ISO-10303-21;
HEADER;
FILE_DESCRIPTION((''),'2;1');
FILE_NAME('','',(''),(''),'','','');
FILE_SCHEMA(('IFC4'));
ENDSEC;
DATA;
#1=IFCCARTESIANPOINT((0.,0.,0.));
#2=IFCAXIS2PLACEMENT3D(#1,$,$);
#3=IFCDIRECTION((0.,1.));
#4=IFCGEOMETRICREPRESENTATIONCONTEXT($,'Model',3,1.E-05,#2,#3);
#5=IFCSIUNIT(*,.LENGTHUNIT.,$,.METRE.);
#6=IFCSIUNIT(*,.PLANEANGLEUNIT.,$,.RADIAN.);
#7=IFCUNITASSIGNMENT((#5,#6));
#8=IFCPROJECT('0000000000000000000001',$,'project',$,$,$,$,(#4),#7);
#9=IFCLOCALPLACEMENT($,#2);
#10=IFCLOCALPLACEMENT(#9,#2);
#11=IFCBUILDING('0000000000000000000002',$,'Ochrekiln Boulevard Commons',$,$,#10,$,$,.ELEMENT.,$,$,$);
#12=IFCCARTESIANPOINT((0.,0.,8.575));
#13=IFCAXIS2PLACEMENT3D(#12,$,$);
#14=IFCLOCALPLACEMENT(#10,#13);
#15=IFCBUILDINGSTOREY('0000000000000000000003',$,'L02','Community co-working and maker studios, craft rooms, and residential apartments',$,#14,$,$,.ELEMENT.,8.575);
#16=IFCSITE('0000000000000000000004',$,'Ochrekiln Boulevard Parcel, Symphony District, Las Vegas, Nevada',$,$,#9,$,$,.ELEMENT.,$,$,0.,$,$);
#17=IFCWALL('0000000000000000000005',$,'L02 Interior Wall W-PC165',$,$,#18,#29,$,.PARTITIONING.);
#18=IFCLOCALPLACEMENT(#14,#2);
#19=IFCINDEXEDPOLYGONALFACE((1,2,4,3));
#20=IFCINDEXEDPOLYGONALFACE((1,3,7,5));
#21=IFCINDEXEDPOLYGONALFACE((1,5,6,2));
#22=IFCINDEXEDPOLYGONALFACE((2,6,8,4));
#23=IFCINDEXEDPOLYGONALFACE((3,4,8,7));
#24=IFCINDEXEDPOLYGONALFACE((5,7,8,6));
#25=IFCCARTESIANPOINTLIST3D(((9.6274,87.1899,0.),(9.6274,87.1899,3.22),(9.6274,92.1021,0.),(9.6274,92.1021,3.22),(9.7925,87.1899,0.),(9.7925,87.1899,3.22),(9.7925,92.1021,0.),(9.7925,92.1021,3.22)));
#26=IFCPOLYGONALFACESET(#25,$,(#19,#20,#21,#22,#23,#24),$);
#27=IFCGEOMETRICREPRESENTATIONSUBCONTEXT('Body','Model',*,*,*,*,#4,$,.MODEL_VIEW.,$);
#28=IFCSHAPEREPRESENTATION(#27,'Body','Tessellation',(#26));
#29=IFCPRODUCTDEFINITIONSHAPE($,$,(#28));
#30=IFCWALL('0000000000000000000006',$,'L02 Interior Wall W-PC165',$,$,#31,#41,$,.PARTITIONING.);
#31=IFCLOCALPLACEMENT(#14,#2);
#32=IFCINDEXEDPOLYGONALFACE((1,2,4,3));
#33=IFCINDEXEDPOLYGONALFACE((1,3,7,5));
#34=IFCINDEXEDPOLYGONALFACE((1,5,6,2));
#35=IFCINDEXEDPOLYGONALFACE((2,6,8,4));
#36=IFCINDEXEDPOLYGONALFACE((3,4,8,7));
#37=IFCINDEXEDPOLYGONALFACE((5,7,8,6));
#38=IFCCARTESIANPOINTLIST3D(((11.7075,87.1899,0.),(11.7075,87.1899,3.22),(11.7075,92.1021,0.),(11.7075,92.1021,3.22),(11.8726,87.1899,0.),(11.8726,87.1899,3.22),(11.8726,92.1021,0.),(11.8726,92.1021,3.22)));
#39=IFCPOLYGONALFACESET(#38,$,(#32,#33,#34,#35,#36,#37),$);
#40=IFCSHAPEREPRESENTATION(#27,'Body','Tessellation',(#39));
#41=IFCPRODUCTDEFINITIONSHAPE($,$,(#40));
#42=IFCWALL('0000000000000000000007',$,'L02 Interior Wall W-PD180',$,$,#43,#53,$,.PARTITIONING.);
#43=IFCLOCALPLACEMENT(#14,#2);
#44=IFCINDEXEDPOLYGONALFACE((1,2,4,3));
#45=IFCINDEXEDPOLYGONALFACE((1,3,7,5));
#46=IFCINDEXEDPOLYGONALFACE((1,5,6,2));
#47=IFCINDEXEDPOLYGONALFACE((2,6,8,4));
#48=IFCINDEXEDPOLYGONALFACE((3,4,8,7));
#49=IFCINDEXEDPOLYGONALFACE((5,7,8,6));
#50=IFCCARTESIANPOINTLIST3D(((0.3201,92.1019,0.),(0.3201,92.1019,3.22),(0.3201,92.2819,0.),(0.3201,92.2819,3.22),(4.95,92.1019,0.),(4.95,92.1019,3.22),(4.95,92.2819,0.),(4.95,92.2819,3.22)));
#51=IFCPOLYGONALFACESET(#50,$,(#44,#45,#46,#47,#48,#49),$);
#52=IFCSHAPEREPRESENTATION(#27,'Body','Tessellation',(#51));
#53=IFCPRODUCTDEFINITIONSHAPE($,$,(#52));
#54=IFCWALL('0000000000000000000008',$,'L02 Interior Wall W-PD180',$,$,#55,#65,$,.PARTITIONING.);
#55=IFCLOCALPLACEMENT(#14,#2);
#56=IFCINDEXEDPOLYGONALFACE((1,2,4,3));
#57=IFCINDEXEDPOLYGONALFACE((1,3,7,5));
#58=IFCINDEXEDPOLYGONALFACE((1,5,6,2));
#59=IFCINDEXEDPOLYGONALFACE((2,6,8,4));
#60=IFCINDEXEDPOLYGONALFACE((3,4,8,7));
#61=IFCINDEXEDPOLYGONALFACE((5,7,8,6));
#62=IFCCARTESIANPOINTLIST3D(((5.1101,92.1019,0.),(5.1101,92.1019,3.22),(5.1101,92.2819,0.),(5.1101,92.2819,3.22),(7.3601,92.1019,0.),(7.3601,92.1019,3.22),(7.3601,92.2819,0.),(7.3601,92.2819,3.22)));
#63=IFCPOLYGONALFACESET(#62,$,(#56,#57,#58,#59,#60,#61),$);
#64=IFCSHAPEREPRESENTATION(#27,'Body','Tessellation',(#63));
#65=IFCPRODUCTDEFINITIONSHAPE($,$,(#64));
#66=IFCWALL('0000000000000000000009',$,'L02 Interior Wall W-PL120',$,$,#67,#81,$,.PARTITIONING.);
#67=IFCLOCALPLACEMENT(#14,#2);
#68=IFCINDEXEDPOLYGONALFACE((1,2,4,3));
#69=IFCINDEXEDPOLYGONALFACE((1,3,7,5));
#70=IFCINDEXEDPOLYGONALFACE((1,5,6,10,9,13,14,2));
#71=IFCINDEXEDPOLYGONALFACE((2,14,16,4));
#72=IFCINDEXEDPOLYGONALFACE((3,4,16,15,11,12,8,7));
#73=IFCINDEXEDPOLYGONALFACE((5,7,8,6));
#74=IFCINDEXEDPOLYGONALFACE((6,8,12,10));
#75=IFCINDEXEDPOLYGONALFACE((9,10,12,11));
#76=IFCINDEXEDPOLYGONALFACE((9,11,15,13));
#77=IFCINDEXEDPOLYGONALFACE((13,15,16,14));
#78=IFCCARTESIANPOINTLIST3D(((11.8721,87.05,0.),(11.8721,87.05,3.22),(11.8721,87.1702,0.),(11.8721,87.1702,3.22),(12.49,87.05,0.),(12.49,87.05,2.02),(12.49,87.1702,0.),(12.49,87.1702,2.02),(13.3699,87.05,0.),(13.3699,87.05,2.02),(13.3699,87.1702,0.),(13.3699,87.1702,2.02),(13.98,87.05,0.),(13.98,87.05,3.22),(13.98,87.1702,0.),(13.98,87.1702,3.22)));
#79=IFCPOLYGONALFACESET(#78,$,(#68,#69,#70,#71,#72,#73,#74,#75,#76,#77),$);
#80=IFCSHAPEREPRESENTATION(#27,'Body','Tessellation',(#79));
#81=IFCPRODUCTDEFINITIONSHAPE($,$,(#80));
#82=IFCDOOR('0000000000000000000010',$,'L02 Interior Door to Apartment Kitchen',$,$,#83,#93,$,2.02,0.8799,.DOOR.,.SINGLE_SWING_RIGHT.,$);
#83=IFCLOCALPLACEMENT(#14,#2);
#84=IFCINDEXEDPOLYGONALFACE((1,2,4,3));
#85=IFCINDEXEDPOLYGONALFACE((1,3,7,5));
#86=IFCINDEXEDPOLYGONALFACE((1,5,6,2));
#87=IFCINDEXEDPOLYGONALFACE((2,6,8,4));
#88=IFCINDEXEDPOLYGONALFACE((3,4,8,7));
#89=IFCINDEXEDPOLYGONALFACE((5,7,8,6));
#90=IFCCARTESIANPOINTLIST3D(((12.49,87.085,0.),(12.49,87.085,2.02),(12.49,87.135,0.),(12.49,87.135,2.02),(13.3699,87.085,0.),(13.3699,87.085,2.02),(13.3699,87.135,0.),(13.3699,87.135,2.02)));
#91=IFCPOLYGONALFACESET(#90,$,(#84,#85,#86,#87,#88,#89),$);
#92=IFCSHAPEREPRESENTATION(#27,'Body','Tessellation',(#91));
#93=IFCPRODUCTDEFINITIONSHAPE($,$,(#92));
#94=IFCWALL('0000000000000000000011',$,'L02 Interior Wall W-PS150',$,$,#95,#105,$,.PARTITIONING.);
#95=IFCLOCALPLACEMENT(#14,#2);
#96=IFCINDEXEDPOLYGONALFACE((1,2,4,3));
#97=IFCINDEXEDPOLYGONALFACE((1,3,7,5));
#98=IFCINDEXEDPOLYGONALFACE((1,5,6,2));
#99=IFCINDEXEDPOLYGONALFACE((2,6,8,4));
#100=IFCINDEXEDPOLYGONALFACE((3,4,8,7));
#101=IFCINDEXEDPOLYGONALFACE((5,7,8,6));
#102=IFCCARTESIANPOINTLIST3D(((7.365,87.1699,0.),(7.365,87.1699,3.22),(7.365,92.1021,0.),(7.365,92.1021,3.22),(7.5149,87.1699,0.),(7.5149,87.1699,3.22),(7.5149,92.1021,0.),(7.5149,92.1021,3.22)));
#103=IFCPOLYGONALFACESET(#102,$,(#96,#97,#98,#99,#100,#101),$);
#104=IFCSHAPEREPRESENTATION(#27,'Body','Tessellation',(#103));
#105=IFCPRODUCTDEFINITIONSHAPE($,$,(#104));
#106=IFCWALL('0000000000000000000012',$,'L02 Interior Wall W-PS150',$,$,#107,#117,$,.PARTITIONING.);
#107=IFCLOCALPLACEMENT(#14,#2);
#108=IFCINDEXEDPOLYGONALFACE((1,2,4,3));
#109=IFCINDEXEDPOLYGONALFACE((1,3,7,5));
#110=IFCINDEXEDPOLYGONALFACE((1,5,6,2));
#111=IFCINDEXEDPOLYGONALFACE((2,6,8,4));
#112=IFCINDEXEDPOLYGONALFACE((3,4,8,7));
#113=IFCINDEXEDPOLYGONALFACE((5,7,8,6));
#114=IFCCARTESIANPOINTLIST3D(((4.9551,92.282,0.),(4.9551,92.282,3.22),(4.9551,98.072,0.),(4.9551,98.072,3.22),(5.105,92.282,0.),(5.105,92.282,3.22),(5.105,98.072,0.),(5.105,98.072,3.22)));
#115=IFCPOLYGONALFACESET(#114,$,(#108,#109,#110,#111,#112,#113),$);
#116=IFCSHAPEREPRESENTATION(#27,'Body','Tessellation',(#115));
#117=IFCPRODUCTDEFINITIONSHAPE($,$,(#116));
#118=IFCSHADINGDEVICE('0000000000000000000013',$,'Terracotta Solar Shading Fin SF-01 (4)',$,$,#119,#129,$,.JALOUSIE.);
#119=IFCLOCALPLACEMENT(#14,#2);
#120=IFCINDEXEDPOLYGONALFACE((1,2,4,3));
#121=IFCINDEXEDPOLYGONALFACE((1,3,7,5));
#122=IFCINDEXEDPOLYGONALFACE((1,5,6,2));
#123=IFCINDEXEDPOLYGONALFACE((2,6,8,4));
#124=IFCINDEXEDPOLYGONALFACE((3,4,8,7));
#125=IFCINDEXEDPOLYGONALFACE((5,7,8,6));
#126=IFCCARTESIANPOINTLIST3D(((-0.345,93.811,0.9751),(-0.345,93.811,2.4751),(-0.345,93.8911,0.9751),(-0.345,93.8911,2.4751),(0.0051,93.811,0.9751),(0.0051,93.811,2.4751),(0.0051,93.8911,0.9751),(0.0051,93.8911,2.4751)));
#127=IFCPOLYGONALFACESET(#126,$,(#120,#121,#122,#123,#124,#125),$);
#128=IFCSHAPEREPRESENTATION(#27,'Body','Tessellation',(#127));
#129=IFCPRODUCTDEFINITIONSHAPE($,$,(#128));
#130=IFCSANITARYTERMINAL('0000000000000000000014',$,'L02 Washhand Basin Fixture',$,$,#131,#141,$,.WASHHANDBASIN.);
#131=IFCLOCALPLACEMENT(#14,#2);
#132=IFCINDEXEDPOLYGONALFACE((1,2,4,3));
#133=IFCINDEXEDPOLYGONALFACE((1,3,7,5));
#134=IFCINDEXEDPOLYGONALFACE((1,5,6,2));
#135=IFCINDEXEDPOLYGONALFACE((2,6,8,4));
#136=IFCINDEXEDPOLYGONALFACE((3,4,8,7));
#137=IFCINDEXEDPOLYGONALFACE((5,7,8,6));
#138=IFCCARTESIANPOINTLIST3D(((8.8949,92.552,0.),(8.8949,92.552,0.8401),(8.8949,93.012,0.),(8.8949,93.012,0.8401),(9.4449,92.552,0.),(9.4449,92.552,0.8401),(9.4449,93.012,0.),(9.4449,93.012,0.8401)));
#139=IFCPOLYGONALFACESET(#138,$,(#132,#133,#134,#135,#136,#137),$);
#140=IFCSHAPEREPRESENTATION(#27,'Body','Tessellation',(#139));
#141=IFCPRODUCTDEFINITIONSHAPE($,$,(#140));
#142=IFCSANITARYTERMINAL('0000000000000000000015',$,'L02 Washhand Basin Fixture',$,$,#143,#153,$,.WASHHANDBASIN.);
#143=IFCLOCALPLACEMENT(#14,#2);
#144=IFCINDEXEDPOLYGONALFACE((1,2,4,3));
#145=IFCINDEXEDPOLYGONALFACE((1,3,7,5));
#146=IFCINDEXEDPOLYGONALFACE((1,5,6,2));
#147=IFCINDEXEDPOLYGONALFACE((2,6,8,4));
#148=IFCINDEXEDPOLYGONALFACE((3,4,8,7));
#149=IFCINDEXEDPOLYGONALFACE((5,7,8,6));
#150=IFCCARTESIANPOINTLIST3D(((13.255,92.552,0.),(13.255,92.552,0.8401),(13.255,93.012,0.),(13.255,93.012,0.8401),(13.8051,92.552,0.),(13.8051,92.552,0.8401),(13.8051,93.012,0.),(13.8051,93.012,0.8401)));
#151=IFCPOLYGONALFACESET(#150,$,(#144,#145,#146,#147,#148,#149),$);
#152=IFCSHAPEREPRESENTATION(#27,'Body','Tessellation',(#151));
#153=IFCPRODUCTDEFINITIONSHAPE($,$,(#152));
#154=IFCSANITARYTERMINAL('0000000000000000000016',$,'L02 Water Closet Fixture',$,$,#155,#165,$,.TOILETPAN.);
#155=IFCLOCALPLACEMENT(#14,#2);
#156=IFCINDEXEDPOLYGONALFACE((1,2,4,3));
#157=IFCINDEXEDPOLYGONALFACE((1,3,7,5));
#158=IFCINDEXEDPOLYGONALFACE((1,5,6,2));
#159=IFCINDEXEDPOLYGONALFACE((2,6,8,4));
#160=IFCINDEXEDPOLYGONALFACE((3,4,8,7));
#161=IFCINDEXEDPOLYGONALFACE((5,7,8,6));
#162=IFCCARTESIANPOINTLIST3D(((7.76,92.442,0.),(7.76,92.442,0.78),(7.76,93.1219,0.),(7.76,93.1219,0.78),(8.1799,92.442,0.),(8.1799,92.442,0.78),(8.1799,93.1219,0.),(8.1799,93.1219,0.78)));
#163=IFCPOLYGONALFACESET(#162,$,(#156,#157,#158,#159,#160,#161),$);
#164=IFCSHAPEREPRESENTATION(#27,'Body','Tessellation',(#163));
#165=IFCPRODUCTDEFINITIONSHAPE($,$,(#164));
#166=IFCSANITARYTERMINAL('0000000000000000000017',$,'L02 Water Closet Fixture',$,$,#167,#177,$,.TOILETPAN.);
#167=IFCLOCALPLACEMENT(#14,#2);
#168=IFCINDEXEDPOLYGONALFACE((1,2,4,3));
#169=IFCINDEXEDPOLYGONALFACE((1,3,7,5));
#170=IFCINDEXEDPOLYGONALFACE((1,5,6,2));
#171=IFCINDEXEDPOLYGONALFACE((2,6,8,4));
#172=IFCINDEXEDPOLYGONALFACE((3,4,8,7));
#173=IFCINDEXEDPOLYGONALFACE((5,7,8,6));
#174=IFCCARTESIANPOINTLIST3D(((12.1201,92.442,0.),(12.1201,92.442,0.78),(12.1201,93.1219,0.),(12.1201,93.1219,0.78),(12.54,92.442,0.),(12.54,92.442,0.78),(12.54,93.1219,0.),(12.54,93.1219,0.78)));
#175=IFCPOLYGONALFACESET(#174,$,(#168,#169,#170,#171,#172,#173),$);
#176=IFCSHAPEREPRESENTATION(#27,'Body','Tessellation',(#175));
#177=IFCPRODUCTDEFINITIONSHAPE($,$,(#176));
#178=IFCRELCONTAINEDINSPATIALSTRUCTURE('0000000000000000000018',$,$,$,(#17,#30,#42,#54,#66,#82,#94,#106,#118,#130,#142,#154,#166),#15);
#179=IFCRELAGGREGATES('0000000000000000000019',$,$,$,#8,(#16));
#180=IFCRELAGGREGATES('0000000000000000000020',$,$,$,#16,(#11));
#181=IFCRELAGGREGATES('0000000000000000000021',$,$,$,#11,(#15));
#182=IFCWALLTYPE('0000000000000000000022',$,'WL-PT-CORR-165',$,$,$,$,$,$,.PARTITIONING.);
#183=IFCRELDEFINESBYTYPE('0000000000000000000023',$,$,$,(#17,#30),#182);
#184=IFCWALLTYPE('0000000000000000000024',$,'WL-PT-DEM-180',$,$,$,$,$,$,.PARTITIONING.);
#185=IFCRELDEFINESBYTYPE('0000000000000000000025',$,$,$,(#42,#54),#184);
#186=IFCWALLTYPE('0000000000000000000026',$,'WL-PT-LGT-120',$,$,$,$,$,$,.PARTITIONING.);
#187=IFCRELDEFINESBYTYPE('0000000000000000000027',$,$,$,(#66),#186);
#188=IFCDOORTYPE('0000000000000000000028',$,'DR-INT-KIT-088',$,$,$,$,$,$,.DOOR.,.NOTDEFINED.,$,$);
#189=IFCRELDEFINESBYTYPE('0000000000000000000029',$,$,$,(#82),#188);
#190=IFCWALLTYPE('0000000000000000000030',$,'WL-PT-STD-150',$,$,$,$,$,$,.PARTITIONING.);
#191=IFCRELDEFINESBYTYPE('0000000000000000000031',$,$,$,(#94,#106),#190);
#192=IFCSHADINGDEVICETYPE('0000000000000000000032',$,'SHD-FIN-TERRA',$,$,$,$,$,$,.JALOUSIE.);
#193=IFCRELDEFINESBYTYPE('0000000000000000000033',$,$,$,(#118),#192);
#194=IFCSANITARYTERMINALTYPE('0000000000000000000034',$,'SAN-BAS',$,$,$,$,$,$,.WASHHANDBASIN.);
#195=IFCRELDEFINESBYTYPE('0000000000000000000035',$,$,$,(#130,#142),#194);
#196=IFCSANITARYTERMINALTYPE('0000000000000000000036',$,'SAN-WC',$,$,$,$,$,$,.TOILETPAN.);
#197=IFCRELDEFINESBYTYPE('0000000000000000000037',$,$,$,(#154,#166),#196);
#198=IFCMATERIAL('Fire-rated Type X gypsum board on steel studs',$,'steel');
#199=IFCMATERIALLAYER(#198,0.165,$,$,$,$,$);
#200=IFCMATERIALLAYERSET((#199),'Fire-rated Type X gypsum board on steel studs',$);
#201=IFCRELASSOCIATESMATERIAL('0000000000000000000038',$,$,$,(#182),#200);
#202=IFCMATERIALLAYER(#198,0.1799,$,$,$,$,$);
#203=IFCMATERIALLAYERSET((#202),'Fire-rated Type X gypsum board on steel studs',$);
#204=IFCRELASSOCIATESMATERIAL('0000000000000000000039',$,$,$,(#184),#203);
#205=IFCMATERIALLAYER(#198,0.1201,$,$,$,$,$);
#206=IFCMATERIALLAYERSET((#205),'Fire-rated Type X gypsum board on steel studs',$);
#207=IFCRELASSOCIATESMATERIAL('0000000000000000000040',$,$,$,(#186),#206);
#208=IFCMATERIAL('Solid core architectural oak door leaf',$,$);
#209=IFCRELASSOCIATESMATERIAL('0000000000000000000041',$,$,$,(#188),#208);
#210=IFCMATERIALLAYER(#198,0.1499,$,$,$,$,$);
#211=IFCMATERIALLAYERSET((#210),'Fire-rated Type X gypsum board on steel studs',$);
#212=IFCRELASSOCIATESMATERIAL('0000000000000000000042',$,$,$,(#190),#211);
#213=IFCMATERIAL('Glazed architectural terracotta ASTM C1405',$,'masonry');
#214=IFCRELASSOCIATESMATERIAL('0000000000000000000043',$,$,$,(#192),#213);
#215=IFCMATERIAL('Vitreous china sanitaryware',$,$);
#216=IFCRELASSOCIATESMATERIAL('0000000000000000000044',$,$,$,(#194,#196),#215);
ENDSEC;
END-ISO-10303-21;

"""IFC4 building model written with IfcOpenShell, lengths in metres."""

from ifc_helpers import new_model, si_unit, direction, frame, frame_2d, origin, origin_2d, place, context, subcontext, project, spatial, rectangle, extrude, material, layer, layer_set, type_object, element, fill, save


model = new_model("IFC4")

# Units and contexts
model_context = context("Model", 3, precision=1e-05, world=origin(), true_north=direction((0.0, 1.0)))
body_context = subcontext(model_context, "Body", "Model", "MODEL_VIEW")
ifc_project = project(units=[si_unit("LENGTHUNIT", "METRE"), si_unit("PLANEANGLEUNIT", "RADIAN")], contexts=[model_context])

# Site, building, storey
site_placement = place(None, origin())
site = spatial("IfcSite", under=ifc_project, at=site_placement, Name="Ochrekiln Boulevard Parcel, Symphony District, Las Vegas, Nevada", CompositionType="ELEMENT", RefElevation=0.0)
building_placement = place(site_placement, origin())
building = spatial("IfcBuilding", under=site, at=building_placement, Name="Ochrekiln Boulevard Commons", CompositionType="ELEMENT")
storey_placement = place(building_placement, frame((0.0, 0.0, 8.575)))
storey = spatial("IfcBuildingStorey", under=building, at=storey_placement, Name="L02", Description="Community co-working and maker studios, craft rooms, and residential apartments", CompositionType="ELEMENT", Elevation=8.575)

# Shared definitions
ifc_material_1 = material(Name="Solid core architectural oak door leaf")

# Walls
ifc_material_2 = material(Name="Fire-rated Type X gypsum board on steel studs", Category="steel")
ifc_layer_1 = layer(ifc_material_2, 0.165)
ifc_layer_set_1 = layer_set([ifc_layer_1], Name="Fire-rated Type X gypsum board on steel studs")
wall_type_1 = type_object("IfcWallType", Name="WL-PT-CORR-165", PredefinedType="PARTITIONING", material=ifc_layer_set_1)
for number, where, z_axis, x_axis, name in (
    (1, (9.71, 87.1899, 0.0), (0.0, 0.0, 1.0), (0.0, 1.0, 0.0), "L02 Interior Wall W-PC165"),
    (2, (11.79, 87.1899, 0.0), (0.0, 0.0, 1.0), (0.0, 1.0, 0.0), "L02 Interior Wall W-PC165"),
):
    element("IfcWall", number, at=place(storey_placement, frame(where, z_axis=z_axis, x_axis=x_axis)), inside=storey, type_object=wall_type_1, Name=name, PredefinedType="PARTITIONING", context=body_context, shape_type="SweptSolid", body=[
        extrude(rectangle(XDim=4.9121, YDim=0.165, at=frame_2d((2.4561, 0.0))), origin(), (0.0, 0.0, 1.0), 3.22),
    ])
ifc_layer_2 = layer(ifc_material_2, 0.1799)
ifc_layer_set_2 = layer_set([ifc_layer_2], Name="Fire-rated Type X gypsum board on steel studs")
wall_type_2 = type_object("IfcWallType", Name="WL-PT-DEM-180", PredefinedType="PARTITIONING", material=ifc_layer_set_2)
wall_1_placement = place(storey_placement, frame((0.3201, 92.1919, 0.0), z_axis=(0.0, 0.0, 1.0), x_axis=(1.0, 0.0, 0.0)))
element("IfcWall", 3, at=wall_1_placement, inside=storey, type_object=wall_type_2, Name="L02 Interior Wall W-PD180", PredefinedType="PARTITIONING", context=body_context, shape_type="SweptSolid", body=[
    extrude(rectangle(XDim=4.6299, YDim=0.1799, at=frame_2d((2.3149, 0.0))), origin(), (0.0, 0.0, 1.0), 3.22),
])
wall_2_placement = place(storey_placement, frame((5.1101, 92.1919, 0.0), z_axis=(0.0, 0.0, 1.0), x_axis=(1.0, 0.0, 0.0)))
element("IfcWall", 4, at=wall_2_placement, inside=storey, type_object=wall_type_2, Name="L02 Interior Wall W-PD180", PredefinedType="PARTITIONING", context=body_context, shape_type="SweptSolid", body=[
    extrude(rectangle(XDim=2.25, YDim=0.1799, at=frame_2d((1.125, 0.0))), origin(), (0.0, 0.0, 1.0), 3.22),
])

# Wall, opening, door
ifc_layer_3 = layer(ifc_material_2, 0.1201)
ifc_layer_set_3 = layer_set([ifc_layer_3], Name="Fire-rated Type X gypsum board on steel studs")
wall_type_3 = type_object("IfcWallType", Name="WL-PT-LGT-120", PredefinedType="PARTITIONING", material=ifc_layer_set_3)
wall_3_placement = place(storey_placement, frame((11.8721, 87.1101, 0.0), z_axis=(0.0, 0.0, 1.0), x_axis=(1.0, 0.0, 0.0)))
wall_3 = element("IfcWall", 5, at=wall_3_placement, inside=storey, type_object=wall_type_3, Name="L02 Interior Wall W-PL120", PredefinedType="PARTITIONING", context=body_context, shape_type="SweptSolid", body=[
    extrude(rectangle(XDim=2.1079, YDim=0.1201, at=frame_2d((1.054, 0.0))), origin(), (0.0, 0.0, 1.0), 3.22),
])
opening_1_placement = place(wall_3_placement, frame((0.6179, 0.0, 0.0)))
opening_1 = element("IfcOpeningElement", 6, at=opening_1_placement, cuts=wall_3, PredefinedType="OPENING", context=body_context, shape_type="SweptSolid", body=[
    extrude(rectangle(XDim=0.8799, YDim=2.02, at=frame_2d((0.4399, 1.01))), frame((0.0, 0.0701, 0.0), z_axis=(0.0, -1.0, 0.0), x_axis=(1.0, 0.0, 0.0)), (0.0, 0.0, 1.0), 0.1401),
])
door_type_1 = type_object("IfcDoorType", Name="DR-INT-KIT-088", OperationType="NOTDEFINED", PredefinedType="DOOR", material=ifc_material_1)
door_1_placement = place(opening_1_placement, origin())
door_1 = element("IfcDoor", 7, at=door_1_placement, inside=storey, type_object=door_type_1, Name="L02 Interior Door to Apartment Kitchen", OperationType="SINGLE_SWING_RIGHT", OverallHeight=2.02, OverallWidth=0.8799, PredefinedType="DOOR", context=body_context, shape_type="SweptSolid", body=[
    extrude(rectangle(XDim=0.8799, YDim=2.02, at=frame_2d((0.4399, 1.01))), frame((0.0, 0.0249, 0.0), z_axis=(0.0, -1.0, 0.0), x_axis=(1.0, 0.0, 0.0)), (0.0, 0.0, 1.0), 0.05),
])
fill(opening_1, door_1)

# Walls
ifc_layer_4 = layer(ifc_material_2, 0.1499)
ifc_layer_set_4 = layer_set([ifc_layer_4], Name="Fire-rated Type X gypsum board on steel studs")
wall_type_4 = type_object("IfcWallType", Name="WL-PT-STD-150", PredefinedType="PARTITIONING", material=ifc_layer_set_4)
wall_4_placement = place(storey_placement, frame((7.4399, 87.1699, 0.0), z_axis=(0.0, 0.0, 1.0), x_axis=(0.0, 1.0, 0.0)))
element("IfcWall", 8, at=wall_4_placement, inside=storey, type_object=wall_type_4, Name="L02 Interior Wall W-PS150", PredefinedType="PARTITIONING", context=body_context, shape_type="SweptSolid", body=[
    extrude(rectangle(XDim=4.9321, YDim=0.1499, at=frame_2d((2.4661, 0.0))), origin(), (0.0, 0.0, 1.0), 3.22),
])
wall_5_placement = place(storey_placement, frame((5.03, 92.282, 0.0), z_axis=(0.0, 0.0, 1.0), x_axis=(0.0, 1.0, 0.0)))
element("IfcWall", 9, at=wall_5_placement, inside=storey, type_object=wall_type_4, Name="L02 Interior Wall W-PS150", PredefinedType="PARTITIONING", context=body_context, shape_type="SweptSolid", body=[
    extrude(rectangle(XDim=5.79, YDim=0.1499, at=frame_2d((2.895, 0.0))), origin(), (0.0, 0.0, 1.0), 3.22),
])

# Shading device
ifc_material_3 = material(Name="Glazed architectural terracotta ASTM C1405", Category="masonry")
shading_device_type = type_object("IfcShadingDeviceType", Name="SHD-FIN-TERRA", PredefinedType="JALOUSIE", material=ifc_material_3)
shading_device_placement = place(storey_placement, frame((-0.1699, 93.8511, 0.9751), z_axis=(0.0, 0.0, 1.0), x_axis=(1.0, 0.0, 0.0)))
element("IfcShadingDevice", 10, at=shading_device_placement, inside=storey, type_object=shading_device_type, Name="Terracotta Solar Shading Fin SF-01 (4)", PredefinedType="JALOUSIE", context=body_context, shape_type="SweptSolid", body=[
    extrude(rectangle(XDim=0.3501, YDim=0.0801, at=origin_2d()), origin(), (0.0, 0.0, 1.0), 1.5),
])

# Sanitary terminals
ifc_material_4 = material(Name="Vitreous china sanitaryware")
sanitary_terminal_type_1 = type_object("IfcSanitaryTerminalType", Name="SAN-BAS", PredefinedType="WASHHANDBASIN", material=ifc_material_4)
for number, where, z_axis, x_axis, name in (
    (11, (9.1699, 92.782, 0.0), (0.0, 0.0, 1.0), (1.0, 0.0, 0.0), "L02 Washhand Basin Fixture"),
    (12, (13.53, 92.782, 0.0), (0.0, 0.0, 1.0), (1.0, 0.0, 0.0), "L02 Washhand Basin Fixture"),
):
    element("IfcSanitaryTerminal", number, at=place(storey_placement, frame(where, z_axis=z_axis, x_axis=x_axis)), inside=storey, type_object=sanitary_terminal_type_1, Name=name, PredefinedType="WASHHANDBASIN", context=body_context, shape_type="SweptSolid", body=[
        extrude(rectangle(XDim=0.55, YDim=0.46, at=origin_2d()), origin(), (0.0, 0.0, 1.0), 0.8401),
    ])
sanitary_terminal_type_2 = type_object("IfcSanitaryTerminalType", Name="SAN-WC", PredefinedType="TOILETPAN", material=ifc_material_4)
for number, where, z_axis, x_axis, name in (
    (13, (7.97, 92.782, 0.0), (0.0, 0.0, 1.0), (1.0, 0.0, 0.0), "L02 Water Closet Fixture"),
    (14, (12.3301, 92.782, 0.0), (0.0, 0.0, 1.0), (1.0, 0.0, 0.0), "L02 Water Closet Fixture"),
):
    element("IfcSanitaryTerminal", number, at=place(storey_placement, frame(where, z_axis=z_axis, x_axis=x_axis)), inside=storey, type_object=sanitary_terminal_type_2, Name=name, PredefinedType="TOILETPAN", context=body_context, shape_type="SweptSolid", body=[
        extrude(rectangle(XDim=0.4199, YDim=0.6799, at=origin_2d()), origin(), (0.0, 0.0, 1.0), 0.78),
    ])

save(model, "model.ifc")
